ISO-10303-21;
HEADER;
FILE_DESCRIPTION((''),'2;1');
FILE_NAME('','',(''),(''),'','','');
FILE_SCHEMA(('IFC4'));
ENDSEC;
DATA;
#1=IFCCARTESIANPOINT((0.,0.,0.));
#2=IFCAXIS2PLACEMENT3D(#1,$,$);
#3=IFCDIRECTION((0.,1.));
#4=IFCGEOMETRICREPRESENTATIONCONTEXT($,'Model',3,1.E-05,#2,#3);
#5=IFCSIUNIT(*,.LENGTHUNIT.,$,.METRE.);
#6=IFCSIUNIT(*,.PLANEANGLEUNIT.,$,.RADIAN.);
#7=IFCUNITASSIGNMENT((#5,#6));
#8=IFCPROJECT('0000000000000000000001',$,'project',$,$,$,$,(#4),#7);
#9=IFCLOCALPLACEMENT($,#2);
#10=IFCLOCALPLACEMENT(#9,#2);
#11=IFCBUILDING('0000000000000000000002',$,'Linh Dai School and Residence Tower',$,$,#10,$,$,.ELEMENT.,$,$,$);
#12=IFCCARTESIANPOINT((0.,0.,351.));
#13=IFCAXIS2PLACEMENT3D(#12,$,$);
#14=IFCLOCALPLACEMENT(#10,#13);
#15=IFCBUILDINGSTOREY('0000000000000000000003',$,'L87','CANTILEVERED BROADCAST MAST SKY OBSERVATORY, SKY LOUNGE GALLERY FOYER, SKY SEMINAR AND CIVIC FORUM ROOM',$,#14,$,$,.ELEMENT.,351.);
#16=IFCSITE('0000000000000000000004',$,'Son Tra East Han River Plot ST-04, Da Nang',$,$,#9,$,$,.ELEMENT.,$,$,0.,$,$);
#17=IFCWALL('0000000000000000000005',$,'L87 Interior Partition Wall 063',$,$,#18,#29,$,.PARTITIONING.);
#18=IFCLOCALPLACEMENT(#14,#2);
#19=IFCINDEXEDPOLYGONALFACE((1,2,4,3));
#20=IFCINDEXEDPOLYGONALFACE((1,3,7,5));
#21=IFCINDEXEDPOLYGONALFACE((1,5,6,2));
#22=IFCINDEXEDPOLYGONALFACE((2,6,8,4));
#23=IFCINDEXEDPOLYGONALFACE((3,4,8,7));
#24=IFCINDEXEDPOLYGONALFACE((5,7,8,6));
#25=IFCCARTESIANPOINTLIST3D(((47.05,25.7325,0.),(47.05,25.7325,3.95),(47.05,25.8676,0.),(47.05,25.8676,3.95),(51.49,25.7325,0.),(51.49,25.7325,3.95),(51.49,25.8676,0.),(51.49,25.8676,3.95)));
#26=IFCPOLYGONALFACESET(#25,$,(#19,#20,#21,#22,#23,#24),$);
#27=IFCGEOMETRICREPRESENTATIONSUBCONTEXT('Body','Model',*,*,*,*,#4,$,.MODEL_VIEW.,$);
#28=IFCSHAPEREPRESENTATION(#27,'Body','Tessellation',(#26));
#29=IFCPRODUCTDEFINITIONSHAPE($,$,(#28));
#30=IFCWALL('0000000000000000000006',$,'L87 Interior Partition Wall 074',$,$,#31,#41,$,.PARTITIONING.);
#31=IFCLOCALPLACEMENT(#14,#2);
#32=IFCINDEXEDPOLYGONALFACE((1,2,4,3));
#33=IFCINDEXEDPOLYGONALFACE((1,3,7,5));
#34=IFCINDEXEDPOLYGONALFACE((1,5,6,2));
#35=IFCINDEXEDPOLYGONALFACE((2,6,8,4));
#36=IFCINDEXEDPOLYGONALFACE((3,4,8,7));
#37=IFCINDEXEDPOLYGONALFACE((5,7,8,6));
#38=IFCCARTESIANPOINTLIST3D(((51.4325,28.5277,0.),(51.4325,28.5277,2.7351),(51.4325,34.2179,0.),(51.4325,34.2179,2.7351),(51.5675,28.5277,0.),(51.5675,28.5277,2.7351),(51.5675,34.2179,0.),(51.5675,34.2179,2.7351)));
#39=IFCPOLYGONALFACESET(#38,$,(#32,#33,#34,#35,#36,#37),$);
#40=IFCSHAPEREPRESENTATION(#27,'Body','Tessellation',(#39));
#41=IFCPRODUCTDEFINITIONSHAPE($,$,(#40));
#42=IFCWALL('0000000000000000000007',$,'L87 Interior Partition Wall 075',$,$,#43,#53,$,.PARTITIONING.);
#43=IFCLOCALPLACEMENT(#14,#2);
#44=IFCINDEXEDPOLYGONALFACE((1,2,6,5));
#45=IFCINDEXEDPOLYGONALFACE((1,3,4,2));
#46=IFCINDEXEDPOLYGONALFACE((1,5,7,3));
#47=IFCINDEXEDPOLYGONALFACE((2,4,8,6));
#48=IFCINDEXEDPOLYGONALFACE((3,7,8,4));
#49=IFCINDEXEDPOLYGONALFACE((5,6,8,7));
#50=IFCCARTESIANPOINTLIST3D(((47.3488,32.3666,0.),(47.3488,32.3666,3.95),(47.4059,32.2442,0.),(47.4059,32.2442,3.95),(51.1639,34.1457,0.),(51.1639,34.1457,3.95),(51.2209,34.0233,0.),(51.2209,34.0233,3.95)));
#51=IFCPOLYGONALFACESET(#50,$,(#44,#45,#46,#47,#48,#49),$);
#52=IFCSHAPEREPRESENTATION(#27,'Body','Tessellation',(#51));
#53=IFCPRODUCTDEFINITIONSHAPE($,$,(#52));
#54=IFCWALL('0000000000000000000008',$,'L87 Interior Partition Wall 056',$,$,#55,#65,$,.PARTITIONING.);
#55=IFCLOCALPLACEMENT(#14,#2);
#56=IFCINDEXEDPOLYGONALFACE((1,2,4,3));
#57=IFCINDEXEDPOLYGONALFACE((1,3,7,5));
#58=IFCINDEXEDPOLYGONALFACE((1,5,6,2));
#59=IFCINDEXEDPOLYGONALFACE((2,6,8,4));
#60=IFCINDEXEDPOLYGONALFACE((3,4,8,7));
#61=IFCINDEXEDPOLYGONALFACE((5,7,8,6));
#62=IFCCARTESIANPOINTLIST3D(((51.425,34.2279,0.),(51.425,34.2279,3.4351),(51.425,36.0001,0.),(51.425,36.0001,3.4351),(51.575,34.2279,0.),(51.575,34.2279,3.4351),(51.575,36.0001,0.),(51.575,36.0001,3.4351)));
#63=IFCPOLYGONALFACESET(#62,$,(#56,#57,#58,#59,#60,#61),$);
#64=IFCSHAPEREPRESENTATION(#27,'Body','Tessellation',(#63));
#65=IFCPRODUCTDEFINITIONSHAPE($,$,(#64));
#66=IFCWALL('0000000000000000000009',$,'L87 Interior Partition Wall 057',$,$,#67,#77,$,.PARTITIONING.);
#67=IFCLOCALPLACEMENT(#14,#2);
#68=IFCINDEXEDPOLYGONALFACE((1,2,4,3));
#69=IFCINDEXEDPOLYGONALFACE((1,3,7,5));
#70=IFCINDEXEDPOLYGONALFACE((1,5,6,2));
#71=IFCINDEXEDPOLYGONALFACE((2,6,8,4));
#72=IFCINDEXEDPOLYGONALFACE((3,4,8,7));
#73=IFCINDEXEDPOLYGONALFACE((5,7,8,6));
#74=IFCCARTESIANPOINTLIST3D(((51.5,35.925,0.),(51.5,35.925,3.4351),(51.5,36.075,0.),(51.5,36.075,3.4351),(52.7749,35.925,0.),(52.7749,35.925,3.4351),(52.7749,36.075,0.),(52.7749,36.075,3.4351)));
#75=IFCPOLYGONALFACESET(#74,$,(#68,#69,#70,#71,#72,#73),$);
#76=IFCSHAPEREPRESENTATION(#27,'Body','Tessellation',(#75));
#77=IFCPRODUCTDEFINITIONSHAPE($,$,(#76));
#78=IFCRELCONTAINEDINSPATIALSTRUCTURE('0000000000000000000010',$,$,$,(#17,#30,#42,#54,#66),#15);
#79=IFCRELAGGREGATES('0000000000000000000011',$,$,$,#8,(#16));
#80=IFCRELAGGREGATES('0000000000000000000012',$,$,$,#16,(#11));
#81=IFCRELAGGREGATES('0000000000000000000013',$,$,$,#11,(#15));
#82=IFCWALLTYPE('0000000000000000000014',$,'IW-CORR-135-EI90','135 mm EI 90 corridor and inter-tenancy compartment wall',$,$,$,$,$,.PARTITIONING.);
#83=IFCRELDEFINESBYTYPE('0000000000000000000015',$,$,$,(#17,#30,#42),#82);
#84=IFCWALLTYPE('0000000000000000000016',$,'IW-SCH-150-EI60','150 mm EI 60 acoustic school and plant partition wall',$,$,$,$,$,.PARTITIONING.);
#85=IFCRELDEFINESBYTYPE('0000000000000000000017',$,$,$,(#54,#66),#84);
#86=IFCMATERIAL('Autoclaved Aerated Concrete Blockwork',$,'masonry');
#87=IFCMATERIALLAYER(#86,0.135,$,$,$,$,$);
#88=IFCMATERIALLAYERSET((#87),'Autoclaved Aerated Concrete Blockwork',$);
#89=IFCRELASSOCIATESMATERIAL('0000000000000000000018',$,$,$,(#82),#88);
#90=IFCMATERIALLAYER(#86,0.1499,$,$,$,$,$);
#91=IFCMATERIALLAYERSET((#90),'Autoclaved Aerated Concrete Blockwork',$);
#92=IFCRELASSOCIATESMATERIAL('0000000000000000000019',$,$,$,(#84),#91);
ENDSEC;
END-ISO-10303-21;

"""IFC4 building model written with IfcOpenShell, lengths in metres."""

from ifc_helpers import new_model, si_unit, direction, frame, frame_2d, origin, place, context, subcontext, project, spatial, rectangle, extrude, material, layer, layer_set, type_object, element, save


model = new_model("IFC4")

# Units and contexts
model_context = context("Model", 3, precision=1e-05, world=origin(), true_north=direction((0.0, 1.0)))
body_context = subcontext(model_context, "Body", "Model", "MODEL_VIEW")
ifc_project = project(units=[si_unit("LENGTHUNIT", "METRE"), si_unit("PLANEANGLEUNIT", "RADIAN")], contexts=[model_context])

# Site, building, storey
site_placement = place(None, origin())
site = spatial("IfcSite", under=ifc_project, at=site_placement, Name="Son Tra East Han River Plot ST-04, Da Nang", CompositionType="ELEMENT", RefElevation=0.0)
building_placement = place(site_placement, origin())
building = spatial("IfcBuilding", under=site, at=building_placement, Name="Linh Dai School and Residence Tower", CompositionType="ELEMENT")
storey_placement = place(building_placement, frame((0.0, 0.0, 351.0)))
storey = spatial("IfcBuildingStorey", under=building, at=storey_placement, Name="L87", Description="CANTILEVERED BROADCAST MAST SKY OBSERVATORY, SKY LOUNGE GALLERY FOYER, SKY SEMINAR AND CIVIC FORUM ROOM", CompositionType="ELEMENT", Elevation=351.0)

# Shared definitions
ifc_material_1 = material(Name="Autoclaved Aerated Concrete Blockwork", Category="masonry")
ifc_layer_1 = layer(ifc_material_1, 0.135)
ifc_layer_set_1 = layer_set([ifc_layer_1], Name="Autoclaved Aerated Concrete Blockwork")
wall_type_1 = type_object("IfcWallType", Name="IW-CORR-135-EI90", Description="135 mm EI 90 corridor and inter-tenancy compartment wall", PredefinedType="PARTITIONING", material=ifc_layer_set_1)

# Walls
wall_1_placement = place(storey_placement, frame((51.49, 25.8, 0.0), z_axis=(0.0, 0.0, 1.0), x_axis=(-1.0, 0.0, 0.0)))
element("IfcWall", 1, at=wall_1_placement, inside=storey, type_object=wall_type_1, Name="L87 Interior Partition Wall 063", PredefinedType="PARTITIONING", context=body_context, shape_type="SweptSolid", body=[
    extrude(rectangle(XDim=4.4399, YDim=0.135, at=frame_2d((2.22, 0.0))), origin(), (0.0, 0.0, 1.0), 3.95),
])
wall_2_placement = place(storey_placement, frame((51.5, 28.5276, 0.0), z_axis=(0.0, 0.0, 1.0), x_axis=(0.0, 1.0, 0.0)))
element("IfcWall", 2, at=wall_2_placement, inside=storey, type_object=wall_type_1, Name="L87 Interior Partition Wall 074", PredefinedType="PARTITIONING", context=body_context, shape_type="SweptSolid", body=[
    extrude(rectangle(XDim=5.6902, YDim=0.135, at=frame_2d((2.8452, 0.0))), origin(), (0.0, 0.0, 1.0), 2.7351),
])
wall_3_placement = place(storey_placement, frame((51.1924, 34.0845, 0.0), z_axis=(0.0, 0.0, 1.0), x_axis=(-0.906297, -0.422641, 0.0)))
element("IfcWall", 3, at=wall_3_placement, inside=storey, type_object=wall_type_1, Name="L87 Interior Partition Wall 075", PredefinedType="PARTITIONING", context=body_context, shape_type="SweptSolid", body=[
    extrude(rectangle(XDim=4.2095, YDim=0.135, at=frame_2d((2.1047, 0.0))), origin(), (0.0, 0.0, 1.0), 3.95),
])
ifc_layer_2 = layer(ifc_material_1, 0.1499)
ifc_layer_set_2 = layer_set([ifc_layer_2], Name="Autoclaved Aerated Concrete Blockwork")
wall_type_2 = type_object("IfcWallType", Name="IW-SCH-150-EI60", Description="150 mm EI 60 acoustic school and plant partition wall", PredefinedType="PARTITIONING", material=ifc_layer_set_2)
wall_4_placement = place(storey_placement, frame((51.5, 34.2278, 0.0), z_axis=(0.0, 0.0, 1.0), x_axis=(0.0, 1.0, 0.0)))
element("IfcWall", 4, at=wall_4_placement, inside=storey, type_object=wall_type_2, Name="L87 Interior Partition Wall 056", PredefinedType="PARTITIONING", context=body_context, shape_type="SweptSolid", body=[
    extrude(rectangle(XDim=1.7722, YDim=0.1499, at=frame_2d((0.8862, 0.0))), origin(), (0.0, 0.0, 1.0), 3.4351),
])
wall_5_placement = place(storey_placement, frame((51.5, 36.0, 0.0), z_axis=(0.0, 0.0, 1.0), x_axis=(1.0, 0.0, 0.0)))
element("IfcWall", 5, at=wall_5_placement, inside=storey, type_object=wall_type_2, Name="L87 Interior Partition Wall 057", PredefinedType="PARTITIONING", context=body_context, shape_type="SweptSolid", body=[
    extrude(rectangle(XDim=1.2749, YDim=0.1499, at=frame_2d((0.6375, 0.0))), origin(), (0.0, 0.0, 1.0), 3.4351),
])

save(model, "model.ifc")
